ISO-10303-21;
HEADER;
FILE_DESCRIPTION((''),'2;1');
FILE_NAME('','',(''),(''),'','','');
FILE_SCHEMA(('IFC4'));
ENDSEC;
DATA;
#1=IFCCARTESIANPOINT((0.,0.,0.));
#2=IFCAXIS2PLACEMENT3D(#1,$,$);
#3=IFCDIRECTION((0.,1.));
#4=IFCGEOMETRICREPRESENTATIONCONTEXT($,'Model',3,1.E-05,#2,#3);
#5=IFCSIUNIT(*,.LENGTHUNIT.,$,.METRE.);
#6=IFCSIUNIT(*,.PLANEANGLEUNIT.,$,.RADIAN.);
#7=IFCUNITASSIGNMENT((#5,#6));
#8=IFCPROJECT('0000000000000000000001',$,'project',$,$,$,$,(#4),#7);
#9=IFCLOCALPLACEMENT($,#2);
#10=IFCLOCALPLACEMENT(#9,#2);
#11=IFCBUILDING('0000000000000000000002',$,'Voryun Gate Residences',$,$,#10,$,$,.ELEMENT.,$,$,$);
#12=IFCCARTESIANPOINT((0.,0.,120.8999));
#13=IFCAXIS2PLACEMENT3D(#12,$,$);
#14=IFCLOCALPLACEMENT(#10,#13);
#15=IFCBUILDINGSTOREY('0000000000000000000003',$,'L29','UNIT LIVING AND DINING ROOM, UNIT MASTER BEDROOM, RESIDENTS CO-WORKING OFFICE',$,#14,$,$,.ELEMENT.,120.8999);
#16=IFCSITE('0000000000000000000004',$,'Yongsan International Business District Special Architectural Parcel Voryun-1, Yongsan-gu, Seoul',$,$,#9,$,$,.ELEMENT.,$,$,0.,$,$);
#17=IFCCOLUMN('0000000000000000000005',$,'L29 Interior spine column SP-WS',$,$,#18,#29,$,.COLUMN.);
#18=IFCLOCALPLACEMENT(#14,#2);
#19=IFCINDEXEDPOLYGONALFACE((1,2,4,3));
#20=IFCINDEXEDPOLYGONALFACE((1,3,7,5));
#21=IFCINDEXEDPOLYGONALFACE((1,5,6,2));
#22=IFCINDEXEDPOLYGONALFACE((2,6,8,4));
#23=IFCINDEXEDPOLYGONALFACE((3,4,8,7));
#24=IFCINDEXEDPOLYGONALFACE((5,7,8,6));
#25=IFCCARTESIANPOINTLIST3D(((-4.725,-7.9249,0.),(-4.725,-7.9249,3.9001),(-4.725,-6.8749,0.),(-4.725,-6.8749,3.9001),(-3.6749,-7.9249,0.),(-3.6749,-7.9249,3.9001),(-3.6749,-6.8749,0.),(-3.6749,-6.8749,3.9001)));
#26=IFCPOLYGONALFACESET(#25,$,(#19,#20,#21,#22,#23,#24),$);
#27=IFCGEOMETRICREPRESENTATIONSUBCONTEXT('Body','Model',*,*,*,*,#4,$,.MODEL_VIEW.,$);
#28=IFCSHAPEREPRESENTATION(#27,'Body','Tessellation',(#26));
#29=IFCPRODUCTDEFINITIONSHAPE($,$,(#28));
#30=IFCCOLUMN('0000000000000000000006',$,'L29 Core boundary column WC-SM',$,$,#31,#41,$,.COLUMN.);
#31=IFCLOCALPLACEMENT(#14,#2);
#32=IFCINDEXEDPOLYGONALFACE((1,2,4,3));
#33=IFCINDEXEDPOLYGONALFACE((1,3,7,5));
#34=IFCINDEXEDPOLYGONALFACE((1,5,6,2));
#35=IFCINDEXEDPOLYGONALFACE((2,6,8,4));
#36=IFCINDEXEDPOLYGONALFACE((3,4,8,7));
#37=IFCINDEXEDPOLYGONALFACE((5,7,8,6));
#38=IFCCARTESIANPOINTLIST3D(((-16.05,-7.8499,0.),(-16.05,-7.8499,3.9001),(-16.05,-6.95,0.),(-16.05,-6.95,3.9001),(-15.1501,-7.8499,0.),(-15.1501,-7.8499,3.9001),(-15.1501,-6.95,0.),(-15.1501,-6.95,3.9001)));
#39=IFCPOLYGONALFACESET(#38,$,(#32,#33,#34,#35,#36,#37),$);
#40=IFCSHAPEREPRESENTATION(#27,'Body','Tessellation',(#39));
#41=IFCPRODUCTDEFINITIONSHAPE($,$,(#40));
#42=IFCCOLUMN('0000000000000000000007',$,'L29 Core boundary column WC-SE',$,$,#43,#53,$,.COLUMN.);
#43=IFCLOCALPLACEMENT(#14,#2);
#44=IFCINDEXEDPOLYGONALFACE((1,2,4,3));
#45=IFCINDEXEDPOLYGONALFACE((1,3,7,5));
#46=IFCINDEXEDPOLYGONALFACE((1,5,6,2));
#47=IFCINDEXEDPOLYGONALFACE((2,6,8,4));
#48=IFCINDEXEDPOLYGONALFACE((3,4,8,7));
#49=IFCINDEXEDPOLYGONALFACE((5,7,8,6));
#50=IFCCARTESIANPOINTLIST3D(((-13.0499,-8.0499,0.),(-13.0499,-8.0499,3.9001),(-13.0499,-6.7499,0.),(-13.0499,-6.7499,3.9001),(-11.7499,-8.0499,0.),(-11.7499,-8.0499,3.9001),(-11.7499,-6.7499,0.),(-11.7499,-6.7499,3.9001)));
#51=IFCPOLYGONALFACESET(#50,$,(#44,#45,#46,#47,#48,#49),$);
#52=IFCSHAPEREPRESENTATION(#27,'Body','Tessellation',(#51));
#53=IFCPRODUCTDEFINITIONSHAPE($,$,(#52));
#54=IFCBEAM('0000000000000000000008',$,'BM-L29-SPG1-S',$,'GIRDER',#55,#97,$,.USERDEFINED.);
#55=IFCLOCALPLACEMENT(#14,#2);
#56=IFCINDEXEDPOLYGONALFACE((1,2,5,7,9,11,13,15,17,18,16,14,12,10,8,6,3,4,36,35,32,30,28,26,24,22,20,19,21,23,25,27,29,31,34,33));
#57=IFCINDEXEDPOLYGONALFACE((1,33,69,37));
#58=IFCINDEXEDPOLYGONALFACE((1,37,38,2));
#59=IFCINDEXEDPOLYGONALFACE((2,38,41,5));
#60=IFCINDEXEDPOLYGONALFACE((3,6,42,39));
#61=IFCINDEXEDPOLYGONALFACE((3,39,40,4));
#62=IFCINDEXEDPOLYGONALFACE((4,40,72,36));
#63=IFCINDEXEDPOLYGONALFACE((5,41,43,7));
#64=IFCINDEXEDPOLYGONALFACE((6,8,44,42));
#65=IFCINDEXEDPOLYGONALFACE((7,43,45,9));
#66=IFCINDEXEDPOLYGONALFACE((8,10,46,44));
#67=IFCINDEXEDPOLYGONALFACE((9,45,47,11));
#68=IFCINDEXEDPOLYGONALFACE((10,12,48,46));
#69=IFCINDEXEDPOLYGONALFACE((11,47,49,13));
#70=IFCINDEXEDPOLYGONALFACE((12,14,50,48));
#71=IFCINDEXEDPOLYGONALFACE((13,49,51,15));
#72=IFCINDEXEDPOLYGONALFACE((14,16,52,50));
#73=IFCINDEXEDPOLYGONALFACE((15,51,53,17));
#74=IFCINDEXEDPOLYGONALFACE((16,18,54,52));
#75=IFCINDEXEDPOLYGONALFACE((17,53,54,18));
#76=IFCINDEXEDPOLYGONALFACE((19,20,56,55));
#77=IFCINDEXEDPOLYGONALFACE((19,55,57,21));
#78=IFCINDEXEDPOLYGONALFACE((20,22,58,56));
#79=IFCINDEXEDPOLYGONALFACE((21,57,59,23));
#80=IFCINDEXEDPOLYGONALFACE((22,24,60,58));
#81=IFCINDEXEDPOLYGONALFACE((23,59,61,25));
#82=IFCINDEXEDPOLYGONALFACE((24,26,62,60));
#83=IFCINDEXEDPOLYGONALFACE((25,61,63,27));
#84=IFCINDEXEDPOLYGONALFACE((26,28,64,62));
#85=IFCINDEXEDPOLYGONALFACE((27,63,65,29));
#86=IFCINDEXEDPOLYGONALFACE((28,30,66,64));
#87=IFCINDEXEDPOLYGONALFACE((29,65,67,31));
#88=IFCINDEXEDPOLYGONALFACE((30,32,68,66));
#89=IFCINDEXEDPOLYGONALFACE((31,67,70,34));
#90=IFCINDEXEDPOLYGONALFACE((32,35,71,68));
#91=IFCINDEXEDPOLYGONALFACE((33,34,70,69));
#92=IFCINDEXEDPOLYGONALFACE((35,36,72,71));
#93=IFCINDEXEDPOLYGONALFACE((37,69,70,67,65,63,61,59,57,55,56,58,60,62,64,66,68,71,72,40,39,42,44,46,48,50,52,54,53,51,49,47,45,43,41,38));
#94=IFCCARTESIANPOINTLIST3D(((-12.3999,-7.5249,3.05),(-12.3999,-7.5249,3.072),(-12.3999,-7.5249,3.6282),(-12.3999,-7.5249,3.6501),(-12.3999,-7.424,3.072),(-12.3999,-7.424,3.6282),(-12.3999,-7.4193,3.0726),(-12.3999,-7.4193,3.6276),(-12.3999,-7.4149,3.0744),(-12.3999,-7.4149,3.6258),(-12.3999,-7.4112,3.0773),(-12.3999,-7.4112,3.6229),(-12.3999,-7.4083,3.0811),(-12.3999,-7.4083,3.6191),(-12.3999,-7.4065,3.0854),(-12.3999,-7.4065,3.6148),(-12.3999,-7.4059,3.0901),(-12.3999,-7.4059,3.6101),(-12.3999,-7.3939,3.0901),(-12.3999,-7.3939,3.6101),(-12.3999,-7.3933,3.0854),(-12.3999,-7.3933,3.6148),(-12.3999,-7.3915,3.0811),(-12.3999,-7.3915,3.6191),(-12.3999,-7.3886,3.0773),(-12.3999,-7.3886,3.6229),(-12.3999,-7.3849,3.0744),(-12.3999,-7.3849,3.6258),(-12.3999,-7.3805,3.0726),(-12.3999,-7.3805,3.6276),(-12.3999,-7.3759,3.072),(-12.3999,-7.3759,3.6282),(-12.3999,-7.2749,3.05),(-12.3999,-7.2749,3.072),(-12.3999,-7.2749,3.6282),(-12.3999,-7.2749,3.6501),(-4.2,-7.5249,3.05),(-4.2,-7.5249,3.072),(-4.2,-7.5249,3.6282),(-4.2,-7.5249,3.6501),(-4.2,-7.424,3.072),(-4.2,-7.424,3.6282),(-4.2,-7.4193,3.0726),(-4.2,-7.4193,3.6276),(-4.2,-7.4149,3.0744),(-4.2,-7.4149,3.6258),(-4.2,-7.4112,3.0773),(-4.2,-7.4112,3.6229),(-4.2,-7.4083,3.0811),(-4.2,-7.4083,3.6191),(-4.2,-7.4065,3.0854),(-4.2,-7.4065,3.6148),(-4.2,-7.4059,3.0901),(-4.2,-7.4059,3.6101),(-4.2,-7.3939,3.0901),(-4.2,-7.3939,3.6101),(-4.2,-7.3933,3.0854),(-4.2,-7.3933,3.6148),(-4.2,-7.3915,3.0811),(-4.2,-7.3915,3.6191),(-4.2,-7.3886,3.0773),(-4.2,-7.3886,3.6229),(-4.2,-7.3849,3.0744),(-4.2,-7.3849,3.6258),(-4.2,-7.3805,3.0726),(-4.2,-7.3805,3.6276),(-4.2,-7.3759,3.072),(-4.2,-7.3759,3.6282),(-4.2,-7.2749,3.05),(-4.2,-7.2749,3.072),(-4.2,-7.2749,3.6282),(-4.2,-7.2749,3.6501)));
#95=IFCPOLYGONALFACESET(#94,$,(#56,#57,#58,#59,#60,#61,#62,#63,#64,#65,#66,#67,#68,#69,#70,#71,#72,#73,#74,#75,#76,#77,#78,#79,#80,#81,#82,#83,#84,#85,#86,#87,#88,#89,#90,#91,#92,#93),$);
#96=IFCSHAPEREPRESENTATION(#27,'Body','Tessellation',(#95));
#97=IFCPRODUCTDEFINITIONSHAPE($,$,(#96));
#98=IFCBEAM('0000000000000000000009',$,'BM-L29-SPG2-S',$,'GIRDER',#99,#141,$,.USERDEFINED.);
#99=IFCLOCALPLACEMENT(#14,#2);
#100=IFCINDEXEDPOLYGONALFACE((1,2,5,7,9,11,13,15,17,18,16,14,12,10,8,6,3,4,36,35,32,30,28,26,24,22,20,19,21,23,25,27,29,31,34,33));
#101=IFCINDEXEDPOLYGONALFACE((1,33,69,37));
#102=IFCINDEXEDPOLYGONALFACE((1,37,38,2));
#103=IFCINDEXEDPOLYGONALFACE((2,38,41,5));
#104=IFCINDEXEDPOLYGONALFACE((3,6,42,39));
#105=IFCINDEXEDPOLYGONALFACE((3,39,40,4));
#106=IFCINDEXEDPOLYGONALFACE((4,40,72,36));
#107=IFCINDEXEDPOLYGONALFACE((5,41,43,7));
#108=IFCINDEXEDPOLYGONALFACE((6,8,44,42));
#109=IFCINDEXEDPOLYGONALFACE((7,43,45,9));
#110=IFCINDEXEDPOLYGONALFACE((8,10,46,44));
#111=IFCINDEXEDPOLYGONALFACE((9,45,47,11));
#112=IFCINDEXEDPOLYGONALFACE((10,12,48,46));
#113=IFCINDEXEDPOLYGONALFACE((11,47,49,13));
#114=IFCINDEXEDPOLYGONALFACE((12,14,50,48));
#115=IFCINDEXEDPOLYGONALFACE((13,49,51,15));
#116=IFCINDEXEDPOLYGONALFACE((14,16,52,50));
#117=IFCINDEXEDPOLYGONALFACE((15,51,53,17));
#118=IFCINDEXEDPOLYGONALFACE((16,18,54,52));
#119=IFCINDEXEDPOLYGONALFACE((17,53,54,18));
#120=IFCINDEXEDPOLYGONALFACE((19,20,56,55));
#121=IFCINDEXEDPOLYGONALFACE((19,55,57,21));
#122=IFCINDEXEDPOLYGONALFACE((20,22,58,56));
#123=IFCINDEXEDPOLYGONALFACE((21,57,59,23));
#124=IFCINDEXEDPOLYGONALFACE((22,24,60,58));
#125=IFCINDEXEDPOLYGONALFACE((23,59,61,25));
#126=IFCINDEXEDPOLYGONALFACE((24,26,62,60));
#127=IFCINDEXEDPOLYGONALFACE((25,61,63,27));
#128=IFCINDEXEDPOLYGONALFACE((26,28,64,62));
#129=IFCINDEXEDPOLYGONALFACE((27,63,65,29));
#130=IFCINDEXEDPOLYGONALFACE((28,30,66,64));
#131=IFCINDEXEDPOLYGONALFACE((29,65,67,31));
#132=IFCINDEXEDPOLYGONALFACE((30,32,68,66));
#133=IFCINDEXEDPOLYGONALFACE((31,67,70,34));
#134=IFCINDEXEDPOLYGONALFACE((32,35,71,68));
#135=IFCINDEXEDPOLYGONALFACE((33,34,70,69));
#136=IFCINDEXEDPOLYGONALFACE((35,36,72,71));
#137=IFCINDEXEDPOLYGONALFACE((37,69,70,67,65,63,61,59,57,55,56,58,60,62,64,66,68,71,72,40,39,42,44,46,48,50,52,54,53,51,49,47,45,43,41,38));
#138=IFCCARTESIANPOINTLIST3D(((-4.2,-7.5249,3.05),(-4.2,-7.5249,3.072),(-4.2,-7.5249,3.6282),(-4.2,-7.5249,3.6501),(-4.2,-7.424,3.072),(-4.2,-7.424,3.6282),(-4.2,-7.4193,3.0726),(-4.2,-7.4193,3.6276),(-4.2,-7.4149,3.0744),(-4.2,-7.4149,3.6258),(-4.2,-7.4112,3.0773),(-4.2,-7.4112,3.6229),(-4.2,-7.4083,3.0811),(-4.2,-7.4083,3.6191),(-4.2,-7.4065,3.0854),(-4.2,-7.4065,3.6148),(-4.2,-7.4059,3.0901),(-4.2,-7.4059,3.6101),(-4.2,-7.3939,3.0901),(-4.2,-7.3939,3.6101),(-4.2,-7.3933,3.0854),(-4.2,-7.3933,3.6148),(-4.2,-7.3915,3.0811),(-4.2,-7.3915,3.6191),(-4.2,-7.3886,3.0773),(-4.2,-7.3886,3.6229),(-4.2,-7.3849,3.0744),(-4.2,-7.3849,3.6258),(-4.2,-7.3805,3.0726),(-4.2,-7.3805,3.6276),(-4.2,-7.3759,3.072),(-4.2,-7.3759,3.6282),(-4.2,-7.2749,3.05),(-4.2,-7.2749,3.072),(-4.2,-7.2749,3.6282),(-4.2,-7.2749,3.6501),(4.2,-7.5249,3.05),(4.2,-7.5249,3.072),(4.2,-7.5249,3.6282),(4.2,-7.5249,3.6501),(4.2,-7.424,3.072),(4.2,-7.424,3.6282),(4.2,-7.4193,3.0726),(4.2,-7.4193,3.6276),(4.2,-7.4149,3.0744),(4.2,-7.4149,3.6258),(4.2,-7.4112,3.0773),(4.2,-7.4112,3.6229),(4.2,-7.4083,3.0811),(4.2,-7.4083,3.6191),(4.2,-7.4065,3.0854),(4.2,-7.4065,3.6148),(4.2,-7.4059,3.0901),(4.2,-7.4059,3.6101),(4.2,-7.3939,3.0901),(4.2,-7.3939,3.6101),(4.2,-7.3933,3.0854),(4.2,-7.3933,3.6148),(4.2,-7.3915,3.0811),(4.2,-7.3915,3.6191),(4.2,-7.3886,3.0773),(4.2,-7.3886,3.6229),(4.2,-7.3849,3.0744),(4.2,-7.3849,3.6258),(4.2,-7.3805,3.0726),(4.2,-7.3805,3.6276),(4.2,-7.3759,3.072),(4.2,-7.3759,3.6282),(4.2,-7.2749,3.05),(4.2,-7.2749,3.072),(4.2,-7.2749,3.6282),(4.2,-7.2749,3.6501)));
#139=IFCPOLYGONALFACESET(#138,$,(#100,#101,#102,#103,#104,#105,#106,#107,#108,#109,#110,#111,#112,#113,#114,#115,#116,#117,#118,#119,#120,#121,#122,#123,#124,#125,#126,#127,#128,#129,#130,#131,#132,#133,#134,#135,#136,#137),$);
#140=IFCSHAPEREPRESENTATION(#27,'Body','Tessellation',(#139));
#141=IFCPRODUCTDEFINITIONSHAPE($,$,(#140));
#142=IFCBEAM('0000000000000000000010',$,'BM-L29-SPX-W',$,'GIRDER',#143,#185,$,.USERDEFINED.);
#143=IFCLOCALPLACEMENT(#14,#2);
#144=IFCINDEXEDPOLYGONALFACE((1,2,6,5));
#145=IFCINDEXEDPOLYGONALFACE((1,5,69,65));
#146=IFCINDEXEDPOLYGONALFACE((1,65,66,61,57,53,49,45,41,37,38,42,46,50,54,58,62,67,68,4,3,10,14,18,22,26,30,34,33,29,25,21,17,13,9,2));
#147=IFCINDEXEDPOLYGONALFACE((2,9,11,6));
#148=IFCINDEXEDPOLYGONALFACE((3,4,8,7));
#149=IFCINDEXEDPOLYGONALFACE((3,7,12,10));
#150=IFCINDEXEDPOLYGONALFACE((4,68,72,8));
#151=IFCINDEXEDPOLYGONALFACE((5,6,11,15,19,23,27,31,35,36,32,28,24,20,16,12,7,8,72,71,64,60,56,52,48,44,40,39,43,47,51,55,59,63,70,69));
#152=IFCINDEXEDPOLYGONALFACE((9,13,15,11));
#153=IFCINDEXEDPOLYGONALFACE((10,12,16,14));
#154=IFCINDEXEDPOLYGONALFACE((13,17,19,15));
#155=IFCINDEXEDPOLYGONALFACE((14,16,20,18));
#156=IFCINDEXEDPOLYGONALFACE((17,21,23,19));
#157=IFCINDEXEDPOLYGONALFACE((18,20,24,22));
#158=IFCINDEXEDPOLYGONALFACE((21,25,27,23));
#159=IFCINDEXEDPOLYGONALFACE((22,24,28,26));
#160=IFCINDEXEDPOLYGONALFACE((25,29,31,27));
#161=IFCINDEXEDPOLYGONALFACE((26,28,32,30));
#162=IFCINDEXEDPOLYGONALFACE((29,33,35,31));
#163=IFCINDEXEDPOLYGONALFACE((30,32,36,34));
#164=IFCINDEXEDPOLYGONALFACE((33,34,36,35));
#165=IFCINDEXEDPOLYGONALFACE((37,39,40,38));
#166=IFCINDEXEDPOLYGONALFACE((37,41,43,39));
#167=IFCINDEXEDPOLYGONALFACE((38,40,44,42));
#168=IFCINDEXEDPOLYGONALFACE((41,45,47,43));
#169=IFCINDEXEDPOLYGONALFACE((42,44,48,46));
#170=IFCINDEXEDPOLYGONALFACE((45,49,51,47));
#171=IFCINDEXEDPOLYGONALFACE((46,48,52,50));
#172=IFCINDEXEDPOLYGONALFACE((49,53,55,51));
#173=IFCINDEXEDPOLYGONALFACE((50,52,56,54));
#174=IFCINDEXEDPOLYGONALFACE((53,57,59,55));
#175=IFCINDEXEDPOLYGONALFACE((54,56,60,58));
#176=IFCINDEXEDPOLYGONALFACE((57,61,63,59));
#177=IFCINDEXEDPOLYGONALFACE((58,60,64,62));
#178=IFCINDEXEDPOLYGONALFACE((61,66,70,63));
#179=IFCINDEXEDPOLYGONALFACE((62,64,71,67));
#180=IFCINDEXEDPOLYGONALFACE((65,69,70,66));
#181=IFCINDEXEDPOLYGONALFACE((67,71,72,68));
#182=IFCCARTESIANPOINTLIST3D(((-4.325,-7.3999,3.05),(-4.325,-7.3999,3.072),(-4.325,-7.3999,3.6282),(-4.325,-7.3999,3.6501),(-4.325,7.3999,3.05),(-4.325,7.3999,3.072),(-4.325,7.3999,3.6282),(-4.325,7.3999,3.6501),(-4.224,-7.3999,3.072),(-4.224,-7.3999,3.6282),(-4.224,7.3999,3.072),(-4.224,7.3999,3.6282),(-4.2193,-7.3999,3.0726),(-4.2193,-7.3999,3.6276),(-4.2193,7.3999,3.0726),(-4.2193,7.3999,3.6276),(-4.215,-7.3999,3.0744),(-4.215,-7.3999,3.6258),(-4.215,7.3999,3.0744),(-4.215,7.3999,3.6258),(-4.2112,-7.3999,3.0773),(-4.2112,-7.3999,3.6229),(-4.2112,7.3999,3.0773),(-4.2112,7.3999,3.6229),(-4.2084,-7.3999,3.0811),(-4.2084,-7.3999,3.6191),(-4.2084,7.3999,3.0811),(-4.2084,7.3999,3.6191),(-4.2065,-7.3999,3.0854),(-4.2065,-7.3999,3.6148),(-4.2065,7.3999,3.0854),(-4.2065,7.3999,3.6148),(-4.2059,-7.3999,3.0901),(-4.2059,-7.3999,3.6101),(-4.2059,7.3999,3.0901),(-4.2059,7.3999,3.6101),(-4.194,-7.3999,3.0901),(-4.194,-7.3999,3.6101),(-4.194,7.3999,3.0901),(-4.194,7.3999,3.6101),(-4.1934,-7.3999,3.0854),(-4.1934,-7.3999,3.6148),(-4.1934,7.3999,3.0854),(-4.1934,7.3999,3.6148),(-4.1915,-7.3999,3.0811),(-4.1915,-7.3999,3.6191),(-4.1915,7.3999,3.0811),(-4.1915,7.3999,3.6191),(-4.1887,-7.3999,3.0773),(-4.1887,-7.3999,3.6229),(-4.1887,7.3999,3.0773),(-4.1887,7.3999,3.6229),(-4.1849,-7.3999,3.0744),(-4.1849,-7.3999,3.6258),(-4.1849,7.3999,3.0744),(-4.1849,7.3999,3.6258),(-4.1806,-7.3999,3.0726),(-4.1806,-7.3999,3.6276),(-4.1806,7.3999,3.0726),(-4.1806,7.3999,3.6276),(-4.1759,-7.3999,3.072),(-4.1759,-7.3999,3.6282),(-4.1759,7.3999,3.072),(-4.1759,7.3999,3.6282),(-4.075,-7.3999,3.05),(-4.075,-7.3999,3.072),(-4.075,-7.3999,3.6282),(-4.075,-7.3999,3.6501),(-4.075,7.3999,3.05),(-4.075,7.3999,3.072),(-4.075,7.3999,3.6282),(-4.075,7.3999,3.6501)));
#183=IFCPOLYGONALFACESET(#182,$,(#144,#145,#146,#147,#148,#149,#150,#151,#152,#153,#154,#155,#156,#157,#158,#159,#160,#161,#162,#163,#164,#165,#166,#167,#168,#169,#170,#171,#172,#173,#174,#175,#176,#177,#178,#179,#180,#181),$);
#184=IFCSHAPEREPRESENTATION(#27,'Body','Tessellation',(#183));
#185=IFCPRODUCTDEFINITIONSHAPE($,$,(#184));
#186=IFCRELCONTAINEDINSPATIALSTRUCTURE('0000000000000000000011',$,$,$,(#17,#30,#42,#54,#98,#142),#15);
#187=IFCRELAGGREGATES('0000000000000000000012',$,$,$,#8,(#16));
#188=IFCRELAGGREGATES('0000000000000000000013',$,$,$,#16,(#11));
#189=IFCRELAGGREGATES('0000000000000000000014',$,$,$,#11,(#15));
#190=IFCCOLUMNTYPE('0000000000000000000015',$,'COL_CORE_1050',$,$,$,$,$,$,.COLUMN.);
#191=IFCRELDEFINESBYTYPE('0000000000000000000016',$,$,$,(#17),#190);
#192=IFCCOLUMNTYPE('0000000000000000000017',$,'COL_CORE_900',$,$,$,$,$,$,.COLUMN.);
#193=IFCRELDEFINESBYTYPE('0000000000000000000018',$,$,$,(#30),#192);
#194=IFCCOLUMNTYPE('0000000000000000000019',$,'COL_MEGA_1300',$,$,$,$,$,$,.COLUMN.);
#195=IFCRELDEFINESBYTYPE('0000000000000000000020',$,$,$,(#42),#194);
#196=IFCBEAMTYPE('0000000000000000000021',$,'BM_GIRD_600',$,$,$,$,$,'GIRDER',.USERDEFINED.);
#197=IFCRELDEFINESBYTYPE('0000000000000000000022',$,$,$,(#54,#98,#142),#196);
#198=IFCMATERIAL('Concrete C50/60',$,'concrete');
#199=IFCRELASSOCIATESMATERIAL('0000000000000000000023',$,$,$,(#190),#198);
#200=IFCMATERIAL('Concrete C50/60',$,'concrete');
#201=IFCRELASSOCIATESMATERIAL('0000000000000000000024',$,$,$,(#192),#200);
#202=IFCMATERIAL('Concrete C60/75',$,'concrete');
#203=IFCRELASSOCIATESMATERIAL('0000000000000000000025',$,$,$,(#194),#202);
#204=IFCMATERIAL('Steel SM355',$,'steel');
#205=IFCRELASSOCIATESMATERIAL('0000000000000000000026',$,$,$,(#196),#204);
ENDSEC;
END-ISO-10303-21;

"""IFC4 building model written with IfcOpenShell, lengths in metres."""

from ifc_helpers import new_model, si_unit, direction, frame, origin, origin_2d, place, context, subcontext, project, spatial, rectangle, i_section, extrude, material, material_profile, profile_set, type_object, element, save


model = new_model("IFC4")

# Units and contexts
model_context = context("Model", 3, precision=1e-05, world=origin(), true_north=direction((0.0, 1.0)))
body_context = subcontext(model_context, "Body", "Model", "MODEL_VIEW")
ifc_project = project(units=[si_unit("LENGTHUNIT", "METRE"), si_unit("PLANEANGLEUNIT", "RADIAN")], contexts=[model_context])

# Site, building, storey
site_placement = place(None, origin())
site = spatial("IfcSite", under=ifc_project, at=site_placement, Name="Yongsan International Business District Special Architectural Parcel Voryun-1, Yongsan-gu, Seoul", CompositionType="ELEMENT", RefElevation=0.0)
building_placement = place(site_placement, origin())
building = spatial("IfcBuilding", under=site, at=building_placement, Name="Voryun Gate Residences", CompositionType="ELEMENT")
storey_placement = place(building_placement, frame((0.0, 0.0, 120.8999)))
storey = spatial("IfcBuildingStorey", under=building, at=storey_placement, Name="L29", Description="UNIT LIVING AND DINING ROOM, UNIT MASTER BEDROOM, RESIDENTS CO-WORKING OFFICE", CompositionType="ELEMENT", Elevation=120.8999)

# Columns
ifc_material_1 = material(Name="Concrete C50/60", Category="concrete")
ifc_material_profile_1 = material_profile(ifc_material_1, rectangle(XDim=1.05, YDim=1.05, at=origin_2d()), Name="RC-1050x1050")
ifc_profile_set_1 = profile_set([ifc_material_profile_1], Name="Concrete C50/60")
column_type_1 = type_object("IfcColumnType", Name="COL_CORE_1050", PredefinedType="COLUMN", material=ifc_profile_set_1)
column_1_placement = place(storey_placement, frame((-4.2, -7.3999, 0.0), z_axis=(0.0, 0.0, 1.0), x_axis=(1.0, 0.0, 0.0)))
element("IfcColumn", 1, at=column_1_placement, inside=storey, type_object=column_type_1, Name="L29 Interior spine column SP-WS", PredefinedType="COLUMN", context=body_context, shape_type="SweptSolid", body=[
    extrude(rectangle(XDim=1.05, YDim=1.05, at=origin_2d()), origin(), (0.0, 0.0, 1.0), 3.9001),
])
ifc_material_2 = material(Name="Concrete C50/60", Category="concrete")
ifc_material_profile_2 = material_profile(ifc_material_2, rectangle(XDim=0.8999, YDim=0.8999, at=origin_2d()), Name="RC-900x900")
ifc_profile_set_2 = profile_set([ifc_material_profile_2], Name="Concrete C50/60")
column_type_2 = type_object("IfcColumnType", Name="COL_CORE_900", PredefinedType="COLUMN", material=ifc_profile_set_2)
column_2_placement = place(storey_placement, frame((-15.6001, -7.3999, 0.0), z_axis=(0.0, 0.0, 1.0), x_axis=(1.0, 0.0, 0.0)))
element("IfcColumn", 2, at=column_2_placement, inside=storey, type_object=column_type_2, Name="L29 Core boundary column WC-SM", PredefinedType="COLUMN", context=body_context, shape_type="SweptSolid", body=[
    extrude(rectangle(XDim=0.8999, YDim=0.8999, at=origin_2d()), origin(), (0.0, 0.0, 1.0), 3.9001),
])
ifc_material_3 = material(Name="Concrete C60/75", Category="concrete")
ifc_material_profile_3 = material_profile(ifc_material_3, rectangle(XDim=1.3, YDim=1.3, at=origin_2d()), Name="RC-1300x1300")
ifc_profile_set_3 = profile_set([ifc_material_profile_3], Name="Concrete C60/75")
column_type_3 = type_object("IfcColumnType", Name="COL_MEGA_1300", PredefinedType="COLUMN", material=ifc_profile_set_3)
column_3_placement = place(storey_placement, frame((-12.3999, -7.3999, 0.0), z_axis=(0.0, 0.0, 1.0), x_axis=(1.0, 0.0, 0.0)))
element("IfcColumn", 3, at=column_3_placement, inside=storey, type_object=column_type_3, Name="L29 Core boundary column WC-SE", PredefinedType="COLUMN", context=body_context, shape_type="SweptSolid", body=[
    extrude(rectangle(XDim=1.3, YDim=1.3, at=origin_2d()), origin(), (0.0, 0.0, 1.0), 3.9001),
])

# Beams
ifc_material_4 = material(Name="Steel SM355", Category="steel")
ifc_material_profile_4 = material_profile(ifc_material_4, i_section(OverallWidth=0.25, OverallDepth=0.6001, WebThickness=0.012, FlangeThickness=0.022, FilletRadius=0.0181, at=origin_2d()), Name="H-600x250x12x22")
ifc_profile_set_4 = profile_set([ifc_material_profile_4], Name="Steel SM355")
beam_type_1 = type_object("IfcBeamType", Name="BM_GIRD_600", ElementType="GIRDER", PredefinedType="USERDEFINED", material=ifc_profile_set_4)
beam_1_placement = place(storey_placement, frame((-12.3999, -7.3999, 3.3501), z_axis=(1.0, 0.0, 0.0), x_axis=(0.0, 1.0, 0.0)))
element("IfcBeam", 4, at=beam_1_placement, inside=storey, type_object=beam_type_1, Name="BM-L29-SPG1-S", ObjectType="GIRDER", PredefinedType="USERDEFINED", context=body_context, shape_type="SweptSolid", body=[
    extrude(i_section(OverallWidth=0.25, OverallDepth=0.6001, WebThickness=0.012, FlangeThickness=0.022, FilletRadius=0.0181, at=origin_2d()), origin(), (0.0, 0.0, 1.0), 8.2),
])
beam_2_placement = place(storey_placement, frame((-4.2, -7.3999, 3.3501), z_axis=(1.0, 0.0, 0.0), x_axis=(0.0, 1.0, 0.0)))
element("IfcBeam", 5, at=beam_2_placement, inside=storey, type_object=beam_type_1, Name="BM-L29-SPG2-S", ObjectType="GIRDER", PredefinedType="USERDEFINED", context=body_context, shape_type="SweptSolid", body=[
    extrude(i_section(OverallWidth=0.25, OverallDepth=0.6001, WebThickness=0.012, FlangeThickness=0.022, FilletRadius=0.0181, at=origin_2d()), origin(), (0.0, 0.0, 1.0), 8.3999),
])
beam_3_placement = place(storey_placement, frame((-4.2, -7.3999, 3.3501), z_axis=(0.0, 1.0, 0.0), x_axis=(-1.0, 0.0, 0.0)))
element("IfcBeam", 6, at=beam_3_placement, inside=storey, type_object=beam_type_1, Name="BM-L29-SPX-W", ObjectType="GIRDER", PredefinedType="USERDEFINED", context=body_context, shape_type="SweptSolid", body=[
    extrude(i_section(OverallWidth=0.25, OverallDepth=0.6001, WebThickness=0.012, FlangeThickness=0.022, FilletRadius=0.0181, at=origin_2d()), origin(), (0.0, 0.0, 1.0), 14.7998),
])

save(model, "model.ifc")
